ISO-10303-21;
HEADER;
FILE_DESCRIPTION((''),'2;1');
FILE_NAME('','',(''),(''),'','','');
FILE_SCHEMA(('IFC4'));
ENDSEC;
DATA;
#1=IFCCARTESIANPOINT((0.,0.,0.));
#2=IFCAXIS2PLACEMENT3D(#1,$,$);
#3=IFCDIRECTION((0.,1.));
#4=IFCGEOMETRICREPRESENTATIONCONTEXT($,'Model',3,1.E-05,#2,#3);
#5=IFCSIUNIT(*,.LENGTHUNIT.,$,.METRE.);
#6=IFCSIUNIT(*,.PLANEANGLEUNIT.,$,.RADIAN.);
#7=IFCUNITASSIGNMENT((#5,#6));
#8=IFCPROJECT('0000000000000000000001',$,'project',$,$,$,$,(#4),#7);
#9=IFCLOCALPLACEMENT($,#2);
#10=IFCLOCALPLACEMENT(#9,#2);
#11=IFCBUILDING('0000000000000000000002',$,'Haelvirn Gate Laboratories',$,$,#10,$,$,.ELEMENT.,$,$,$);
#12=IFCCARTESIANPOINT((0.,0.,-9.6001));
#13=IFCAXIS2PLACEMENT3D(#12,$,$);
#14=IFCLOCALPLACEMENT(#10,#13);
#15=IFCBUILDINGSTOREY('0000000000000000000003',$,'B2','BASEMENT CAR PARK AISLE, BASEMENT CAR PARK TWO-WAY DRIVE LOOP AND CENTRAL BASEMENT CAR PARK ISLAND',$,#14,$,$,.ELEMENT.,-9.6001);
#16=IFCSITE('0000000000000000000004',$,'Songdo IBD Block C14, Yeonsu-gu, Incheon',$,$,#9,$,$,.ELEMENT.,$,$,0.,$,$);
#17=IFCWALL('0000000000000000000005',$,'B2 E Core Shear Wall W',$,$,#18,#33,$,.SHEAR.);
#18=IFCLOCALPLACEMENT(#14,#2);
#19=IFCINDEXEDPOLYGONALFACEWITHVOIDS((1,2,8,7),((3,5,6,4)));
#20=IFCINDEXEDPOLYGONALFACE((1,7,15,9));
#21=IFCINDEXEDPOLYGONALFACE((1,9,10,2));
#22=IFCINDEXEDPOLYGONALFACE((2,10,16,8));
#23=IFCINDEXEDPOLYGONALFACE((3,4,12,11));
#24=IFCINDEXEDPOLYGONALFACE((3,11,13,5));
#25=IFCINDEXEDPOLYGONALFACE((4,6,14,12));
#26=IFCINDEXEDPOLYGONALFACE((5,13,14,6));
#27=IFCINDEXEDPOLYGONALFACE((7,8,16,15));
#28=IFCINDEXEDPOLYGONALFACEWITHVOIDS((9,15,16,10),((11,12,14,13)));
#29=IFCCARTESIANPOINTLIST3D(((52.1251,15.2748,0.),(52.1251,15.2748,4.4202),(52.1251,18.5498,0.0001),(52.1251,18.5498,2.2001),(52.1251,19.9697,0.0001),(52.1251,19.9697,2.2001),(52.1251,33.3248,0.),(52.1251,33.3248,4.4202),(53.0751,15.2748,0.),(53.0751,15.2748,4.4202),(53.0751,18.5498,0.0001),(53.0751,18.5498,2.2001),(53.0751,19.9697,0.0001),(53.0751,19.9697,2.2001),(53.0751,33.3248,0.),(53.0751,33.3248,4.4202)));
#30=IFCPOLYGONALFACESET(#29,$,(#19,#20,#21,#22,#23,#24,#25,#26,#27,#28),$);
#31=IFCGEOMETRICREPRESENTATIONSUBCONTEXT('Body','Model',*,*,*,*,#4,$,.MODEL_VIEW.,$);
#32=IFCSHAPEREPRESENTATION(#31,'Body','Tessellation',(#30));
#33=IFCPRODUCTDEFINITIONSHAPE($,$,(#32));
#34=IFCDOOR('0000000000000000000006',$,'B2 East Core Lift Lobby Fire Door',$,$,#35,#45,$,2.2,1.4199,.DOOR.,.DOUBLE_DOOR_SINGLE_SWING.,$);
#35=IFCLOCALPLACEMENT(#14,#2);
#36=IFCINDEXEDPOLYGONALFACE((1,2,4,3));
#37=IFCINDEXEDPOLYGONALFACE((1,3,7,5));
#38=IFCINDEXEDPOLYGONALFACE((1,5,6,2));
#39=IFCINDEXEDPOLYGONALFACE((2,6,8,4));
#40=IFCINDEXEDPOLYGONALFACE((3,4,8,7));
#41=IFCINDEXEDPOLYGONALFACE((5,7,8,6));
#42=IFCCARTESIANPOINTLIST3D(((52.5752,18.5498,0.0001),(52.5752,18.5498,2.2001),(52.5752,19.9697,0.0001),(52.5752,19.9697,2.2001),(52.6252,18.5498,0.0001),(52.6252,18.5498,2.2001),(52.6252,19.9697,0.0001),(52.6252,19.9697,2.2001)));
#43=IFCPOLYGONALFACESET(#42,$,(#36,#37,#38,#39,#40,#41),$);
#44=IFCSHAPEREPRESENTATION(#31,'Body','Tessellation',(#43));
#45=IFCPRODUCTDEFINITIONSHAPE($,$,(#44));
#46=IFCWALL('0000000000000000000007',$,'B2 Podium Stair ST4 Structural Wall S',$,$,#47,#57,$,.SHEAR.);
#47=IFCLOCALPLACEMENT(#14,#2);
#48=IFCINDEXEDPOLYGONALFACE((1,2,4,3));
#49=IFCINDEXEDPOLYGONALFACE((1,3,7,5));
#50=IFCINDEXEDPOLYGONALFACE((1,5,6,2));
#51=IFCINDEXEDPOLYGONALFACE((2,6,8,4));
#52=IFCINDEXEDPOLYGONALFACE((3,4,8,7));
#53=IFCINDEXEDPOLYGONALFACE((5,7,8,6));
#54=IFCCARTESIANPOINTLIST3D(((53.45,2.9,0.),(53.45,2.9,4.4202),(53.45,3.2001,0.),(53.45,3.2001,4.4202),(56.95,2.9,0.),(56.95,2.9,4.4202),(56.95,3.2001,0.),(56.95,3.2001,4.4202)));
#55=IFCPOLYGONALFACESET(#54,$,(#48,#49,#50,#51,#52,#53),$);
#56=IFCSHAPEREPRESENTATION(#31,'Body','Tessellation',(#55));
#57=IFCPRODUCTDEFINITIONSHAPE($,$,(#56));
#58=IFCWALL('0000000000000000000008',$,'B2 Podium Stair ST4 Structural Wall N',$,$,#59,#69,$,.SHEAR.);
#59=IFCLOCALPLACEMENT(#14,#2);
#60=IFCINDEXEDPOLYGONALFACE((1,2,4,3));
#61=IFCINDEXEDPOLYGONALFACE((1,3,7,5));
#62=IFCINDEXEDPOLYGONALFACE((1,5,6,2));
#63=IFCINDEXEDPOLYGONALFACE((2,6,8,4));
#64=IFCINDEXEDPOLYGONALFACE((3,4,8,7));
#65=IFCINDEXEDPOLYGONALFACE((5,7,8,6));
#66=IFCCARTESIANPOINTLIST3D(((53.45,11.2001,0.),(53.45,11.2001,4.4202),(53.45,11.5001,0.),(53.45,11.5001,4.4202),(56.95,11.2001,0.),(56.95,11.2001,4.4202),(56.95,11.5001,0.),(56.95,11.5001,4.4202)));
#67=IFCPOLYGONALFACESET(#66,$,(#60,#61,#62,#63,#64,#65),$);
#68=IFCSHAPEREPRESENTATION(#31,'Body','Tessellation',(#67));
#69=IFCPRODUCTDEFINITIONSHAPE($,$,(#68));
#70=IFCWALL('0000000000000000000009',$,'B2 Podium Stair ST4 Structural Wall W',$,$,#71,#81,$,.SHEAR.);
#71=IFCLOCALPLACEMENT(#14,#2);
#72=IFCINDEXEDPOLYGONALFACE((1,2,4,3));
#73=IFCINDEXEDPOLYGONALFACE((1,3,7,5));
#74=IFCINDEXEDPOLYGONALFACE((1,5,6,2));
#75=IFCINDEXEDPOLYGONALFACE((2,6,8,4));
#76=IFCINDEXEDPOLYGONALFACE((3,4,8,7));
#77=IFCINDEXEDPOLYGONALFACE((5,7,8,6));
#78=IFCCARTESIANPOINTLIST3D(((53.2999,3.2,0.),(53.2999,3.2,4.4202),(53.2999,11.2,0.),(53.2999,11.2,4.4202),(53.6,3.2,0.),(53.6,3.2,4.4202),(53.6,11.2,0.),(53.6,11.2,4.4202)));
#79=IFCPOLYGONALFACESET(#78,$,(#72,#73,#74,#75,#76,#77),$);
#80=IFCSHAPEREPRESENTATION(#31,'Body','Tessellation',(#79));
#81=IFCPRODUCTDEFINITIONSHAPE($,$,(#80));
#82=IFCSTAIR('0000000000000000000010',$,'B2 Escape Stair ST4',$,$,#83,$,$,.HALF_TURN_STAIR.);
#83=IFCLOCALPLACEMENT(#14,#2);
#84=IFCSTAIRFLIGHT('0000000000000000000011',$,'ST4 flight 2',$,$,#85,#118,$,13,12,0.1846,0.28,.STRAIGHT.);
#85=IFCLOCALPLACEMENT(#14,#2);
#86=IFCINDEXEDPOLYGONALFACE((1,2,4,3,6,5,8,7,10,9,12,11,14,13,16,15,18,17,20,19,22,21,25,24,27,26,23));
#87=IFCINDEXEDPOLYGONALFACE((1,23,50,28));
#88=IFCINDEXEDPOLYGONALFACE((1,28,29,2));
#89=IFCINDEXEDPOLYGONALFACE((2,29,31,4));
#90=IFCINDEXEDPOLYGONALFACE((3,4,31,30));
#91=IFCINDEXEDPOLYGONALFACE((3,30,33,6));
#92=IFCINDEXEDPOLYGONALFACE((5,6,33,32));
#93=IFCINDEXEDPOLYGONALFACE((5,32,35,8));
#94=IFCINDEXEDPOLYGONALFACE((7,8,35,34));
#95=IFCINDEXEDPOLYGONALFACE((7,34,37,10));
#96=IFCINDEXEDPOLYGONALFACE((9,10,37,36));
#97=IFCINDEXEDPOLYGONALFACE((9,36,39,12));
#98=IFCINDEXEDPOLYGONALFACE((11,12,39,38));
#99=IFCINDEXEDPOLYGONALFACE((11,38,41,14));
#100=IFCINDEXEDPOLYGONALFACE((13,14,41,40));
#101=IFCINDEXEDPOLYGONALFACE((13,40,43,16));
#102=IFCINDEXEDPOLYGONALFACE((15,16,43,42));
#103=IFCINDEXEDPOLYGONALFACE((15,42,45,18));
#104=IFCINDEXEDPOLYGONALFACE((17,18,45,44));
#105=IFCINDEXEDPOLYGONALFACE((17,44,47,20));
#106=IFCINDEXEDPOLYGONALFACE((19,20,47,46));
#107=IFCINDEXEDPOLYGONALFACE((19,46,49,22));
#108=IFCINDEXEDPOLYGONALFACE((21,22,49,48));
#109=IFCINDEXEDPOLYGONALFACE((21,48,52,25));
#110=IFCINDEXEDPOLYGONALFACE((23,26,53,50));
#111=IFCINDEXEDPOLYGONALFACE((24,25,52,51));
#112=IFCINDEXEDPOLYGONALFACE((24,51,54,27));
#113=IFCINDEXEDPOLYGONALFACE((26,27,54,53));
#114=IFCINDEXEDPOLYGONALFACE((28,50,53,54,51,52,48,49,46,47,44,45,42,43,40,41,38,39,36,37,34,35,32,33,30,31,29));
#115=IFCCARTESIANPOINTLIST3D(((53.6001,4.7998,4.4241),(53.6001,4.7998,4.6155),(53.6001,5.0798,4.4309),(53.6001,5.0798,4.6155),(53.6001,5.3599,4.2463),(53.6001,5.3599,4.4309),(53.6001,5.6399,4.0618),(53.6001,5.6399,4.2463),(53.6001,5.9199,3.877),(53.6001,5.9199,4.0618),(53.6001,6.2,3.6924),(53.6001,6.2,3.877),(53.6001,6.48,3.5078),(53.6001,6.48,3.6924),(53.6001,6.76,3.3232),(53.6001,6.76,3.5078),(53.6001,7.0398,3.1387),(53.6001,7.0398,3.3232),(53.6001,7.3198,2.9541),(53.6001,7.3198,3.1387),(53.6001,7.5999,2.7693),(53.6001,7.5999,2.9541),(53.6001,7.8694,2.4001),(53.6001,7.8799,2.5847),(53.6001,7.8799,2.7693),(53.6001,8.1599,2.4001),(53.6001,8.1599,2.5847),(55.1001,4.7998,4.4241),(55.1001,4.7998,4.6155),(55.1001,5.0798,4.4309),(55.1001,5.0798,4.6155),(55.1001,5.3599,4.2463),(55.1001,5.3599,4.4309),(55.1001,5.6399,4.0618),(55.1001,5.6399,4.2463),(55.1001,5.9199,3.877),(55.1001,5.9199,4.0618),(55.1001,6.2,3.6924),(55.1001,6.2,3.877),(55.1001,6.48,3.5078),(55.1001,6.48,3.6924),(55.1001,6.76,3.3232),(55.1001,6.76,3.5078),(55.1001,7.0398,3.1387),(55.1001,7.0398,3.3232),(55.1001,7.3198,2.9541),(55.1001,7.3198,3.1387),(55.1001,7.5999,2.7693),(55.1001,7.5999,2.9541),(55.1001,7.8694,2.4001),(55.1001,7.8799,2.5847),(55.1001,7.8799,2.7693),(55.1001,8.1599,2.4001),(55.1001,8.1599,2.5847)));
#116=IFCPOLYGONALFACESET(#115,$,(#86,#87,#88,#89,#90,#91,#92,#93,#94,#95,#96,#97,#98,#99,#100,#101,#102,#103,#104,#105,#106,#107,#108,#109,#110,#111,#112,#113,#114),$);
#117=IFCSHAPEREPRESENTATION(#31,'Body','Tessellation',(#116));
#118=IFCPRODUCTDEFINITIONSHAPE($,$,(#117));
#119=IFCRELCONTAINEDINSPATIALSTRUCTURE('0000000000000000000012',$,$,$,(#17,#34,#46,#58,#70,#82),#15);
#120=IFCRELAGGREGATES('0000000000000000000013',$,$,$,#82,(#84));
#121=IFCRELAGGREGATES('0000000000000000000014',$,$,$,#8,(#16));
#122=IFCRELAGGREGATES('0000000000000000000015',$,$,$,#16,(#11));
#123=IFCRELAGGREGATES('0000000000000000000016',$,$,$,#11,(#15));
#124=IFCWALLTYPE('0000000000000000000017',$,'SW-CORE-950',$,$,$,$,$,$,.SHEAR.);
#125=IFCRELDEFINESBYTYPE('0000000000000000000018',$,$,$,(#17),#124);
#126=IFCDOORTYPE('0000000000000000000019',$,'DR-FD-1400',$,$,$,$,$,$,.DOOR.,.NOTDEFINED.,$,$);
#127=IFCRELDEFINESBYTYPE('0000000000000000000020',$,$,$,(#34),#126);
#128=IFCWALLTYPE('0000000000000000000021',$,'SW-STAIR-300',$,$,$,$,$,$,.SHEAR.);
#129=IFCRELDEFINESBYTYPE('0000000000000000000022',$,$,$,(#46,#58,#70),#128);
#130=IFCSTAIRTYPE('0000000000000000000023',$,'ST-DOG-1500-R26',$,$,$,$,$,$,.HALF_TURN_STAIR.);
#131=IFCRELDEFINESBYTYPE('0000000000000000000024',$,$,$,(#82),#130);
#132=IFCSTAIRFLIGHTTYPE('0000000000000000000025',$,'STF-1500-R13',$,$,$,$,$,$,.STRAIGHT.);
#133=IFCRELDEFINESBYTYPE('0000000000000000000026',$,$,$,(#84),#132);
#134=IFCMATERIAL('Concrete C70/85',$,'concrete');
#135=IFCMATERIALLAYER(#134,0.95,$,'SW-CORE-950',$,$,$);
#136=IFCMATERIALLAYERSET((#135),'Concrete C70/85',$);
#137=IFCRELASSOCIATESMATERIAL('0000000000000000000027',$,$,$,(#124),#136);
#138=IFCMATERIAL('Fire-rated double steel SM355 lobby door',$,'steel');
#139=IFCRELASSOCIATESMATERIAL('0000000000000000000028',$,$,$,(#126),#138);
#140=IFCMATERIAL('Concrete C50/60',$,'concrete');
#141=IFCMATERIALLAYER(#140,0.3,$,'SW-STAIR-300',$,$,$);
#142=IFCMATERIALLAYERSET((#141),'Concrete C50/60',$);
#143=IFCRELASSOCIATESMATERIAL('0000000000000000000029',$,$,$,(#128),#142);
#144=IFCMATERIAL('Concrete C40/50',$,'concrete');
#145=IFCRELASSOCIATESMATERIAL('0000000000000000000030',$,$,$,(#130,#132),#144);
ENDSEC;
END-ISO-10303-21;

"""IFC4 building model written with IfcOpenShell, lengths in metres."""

from ifc_helpers import new_model, si_unit, direction, frame, frame_2d, origin, place, context, subcontext, project, spatial, polyline, rectangle, outline, extrude, source, transform, mapped, material, layer, layer_set, type_object, type_shapes, element, fill, aggregate, save


model = new_model("IFC4")

# Units and contexts
model_context = context("Model", 3, precision=1e-05, world=origin(), true_north=direction((0.0, 1.0)))
body_context = subcontext(model_context, "Body", "Model", "MODEL_VIEW")
ifc_project = project(units=[si_unit("LENGTHUNIT", "METRE"), si_unit("PLANEANGLEUNIT", "RADIAN")], contexts=[model_context])

# Site, building, storey
site_placement = place(None, origin())
site = spatial("IfcSite", under=ifc_project, at=site_placement, Name="Songdo IBD Block C14, Yeonsu-gu, Incheon", CompositionType="ELEMENT", RefElevation=0.0)
building_placement = place(site_placement, origin())
building = spatial("IfcBuilding", under=site, at=building_placement, Name="Haelvirn Gate Laboratories", CompositionType="ELEMENT")
storey_placement = place(building_placement, frame((0.0, 0.0, -9.6001)))
storey = spatial("IfcBuildingStorey", under=building, at=storey_placement, Name="B2", Description="BASEMENT CAR PARK AISLE, BASEMENT CAR PARK TWO-WAY DRIVE LOOP AND CENTRAL BASEMENT CAR PARK ISLAND", CompositionType="ELEMENT", Elevation=-9.6001)

# Shared definitions
ifc_material_1 = material(Name="Concrete C70/85", Category="concrete")

# Shared definitions
ifc_material_2 = material(Name="Concrete C40/50", Category="concrete")
ifc_layer_1 = layer(ifc_material_1, 0.95, Name="SW-CORE-950")
ifc_layer_set_1 = layer_set([ifc_layer_1], Name="Concrete C70/85")
wall_type_1 = type_object("IfcWallType", Name="SW-CORE-950", PredefinedType="SHEAR", material=ifc_layer_set_1)

# Wall, opening, door
wall_1_placement = place(storey_placement, frame((52.6001, 15.2749, 0.0), z_axis=(0.0, 0.0, 1.0), x_axis=(0.0, 1.0, 0.0)))
wall_1 = element("IfcWall", 1, at=wall_1_placement, inside=storey, type_object=wall_type_1, Name="B2 E Core Shear Wall W", PredefinedType="SHEAR", context=body_context, shape_type="SweptSolid", body=[
    extrude(rectangle(XDim=18.05, YDim=0.95, at=frame_2d((9.0249, 0.0))), origin(), (0.0, 0.0, 1.0), 4.4202),
])
opening_placement = place(wall_1_placement, frame((3.2749, 0.0, 0.0)))
opening = element("IfcOpeningElement", 2, at=opening_placement, cuts=wall_1, PredefinedType="OPENING", context=body_context, shape_type="SweptSolid", body=[
    extrude(rectangle(XDim=1.4199, YDim=2.2, at=frame_2d((0.71, 1.1001))), frame((0.0, 0.4849, 0.0), z_axis=(0.0, -1.0, 0.0), x_axis=(1.0, 0.0, 0.0)), (0.0, 0.0, 1.0), 0.97),
])
ifc_material_3 = material(Name="Fire-rated double steel SM355 lobby door", Category="steel")
door_type = type_object("IfcDoorType", Name="DR-FD-1400", OperationType="NOTDEFINED", PredefinedType="DOOR", material=ifc_material_3)
shared_shape_1 = source(origin(), body_context, "Body", "SweptSolid", [
    extrude(rectangle(XDim=1.4199, YDim=2.2, at=frame_2d((0.71, 1.1001))), frame((0.0, 0.0249, 0.0), z_axis=(0.0, -1.0, 0.0), x_axis=(1.0, 0.0, 0.0)), (0.0, 0.0, 1.0), 0.05),
])
type_shapes(door_type, [shared_shape_1])
door_placement = place(opening_placement, origin())
door = element("IfcDoor", 3, at=door_placement, inside=storey, type_object=door_type, Name="B2 East Core Lift Lobby Fire Door", OperationType="DOUBLE_DOOR_SINGLE_SWING", OverallHeight=2.2, OverallWidth=1.4199, PredefinedType="DOOR", context=body_context, shape_type="MappedRepresentation", body=[
    mapped(shared_shape_1, transform((0.0, 0.0, 0.0), scale=1.0)),
])
fill(opening, door)

# Walls
ifc_material_4 = material(Name="Concrete C50/60", Category="concrete")
ifc_layer_2 = layer(ifc_material_4, 0.3, Name="SW-STAIR-300")
ifc_layer_set_2 = layer_set([ifc_layer_2], Name="Concrete C50/60")
wall_type_2 = type_object("IfcWallType", Name="SW-STAIR-300", PredefinedType="SHEAR", material=ifc_layer_set_2)
for number, where, z_axis, x_axis, name in (
    (4, (53.45, 3.05, 0.0), (0.0, 0.0, 1.0), (1.0, 0.0, 0.0), "B2 Podium Stair ST4 Structural Wall S"),
    (5, (53.45, 11.3501, 0.0), (0.0, 0.0, 1.0), (1.0, 0.0, 0.0), "B2 Podium Stair ST4 Structural Wall N"),
):
    element("IfcWall", number, at=place(storey_placement, frame(where, z_axis=z_axis, x_axis=x_axis)), inside=storey, type_object=wall_type_2, Name=name, PredefinedType="SHEAR", context=body_context, shape_type="SweptSolid", body=[
        extrude(rectangle(XDim=3.5, YDim=0.3, at=frame_2d((1.75, 0.0))), origin(), (0.0, 0.0, 1.0), 4.4202),
    ])
wall_2_placement = place(storey_placement, frame((53.45, 3.2, 0.0), z_axis=(0.0, 0.0, 1.0), x_axis=(0.0, 1.0, 0.0)))
element("IfcWall", 6, at=wall_2_placement, inside=storey, type_object=wall_type_2, Name="B2 Podium Stair ST4 Structural Wall W", PredefinedType="SHEAR", context=body_context, shape_type="SweptSolid", body=[
    extrude(rectangle(XDim=8.0, YDim=0.3, at=frame_2d((4.0, 0.0))), origin(), (0.0, 0.0, 1.0), 4.4202),
])

# Stair, stair flight
stair_type = type_object("IfcStairType", Name="ST-DOG-1500-R26", PredefinedType="HALF_TURN_STAIR", material=ifc_material_2)
stair_placement = place(storey_placement, origin())
stair = element("IfcStair", 7, at=stair_placement, inside=storey, type_object=stair_type, Name="B2 Escape Stair ST4", PredefinedType="HALF_TURN_STAIR")
stair_flight_type = type_object("IfcStairFlightType", Name="STF-1500-R13", PredefinedType="STRAIGHT", material=ifc_material_2)
shared_shape_2 = source(origin(), body_context, "Body", "SweptSolid", [
    extrude(outline(polyline([(0.0, 0.0), (0.0, 0.1846), (0.28, 0.1846), (0.28, 0.3691), (0.5601, 0.3691), (0.5601, 0.554), (0.8401, 0.554), (0.8401, 0.7385), (1.1201, 0.7385), (1.1201, 0.9231), (1.3999, 0.9231), (1.3999, 1.1077), (1.6799, 1.1077), (1.6799, 1.2922), (1.96, 1.2922), (1.96, 1.4768), (2.24, 1.4768), (2.24, 1.6616), (2.52, 1.6616), (2.52, 1.8462), (2.8, 1.8462), (2.8, 2.0308), (3.0801, 2.0308), (3.0801, 2.2153), (3.3601, 2.2153), (3.3601, 2.3999), (3.3601, 2.0239), (0.2905, 0.0), (0.0, 0.0)])), frame((0.0, 0.75, 0.0), z_axis=(0.0, -1.0, 0.0), x_axis=(1.0, 0.0, 0.0)), (0.0, 0.0, 1.0), 1.5),
])
type_shapes(stair_flight_type, [shared_shape_2])
stair_flight_placement = place(storey_placement, frame((54.3501, 8.1599, 2.4001), z_axis=(0.0, 0.0, 1.0), x_axis=(0.0, -1.0, 0.0)))
stair_flight = element("IfcStairFlight", 8, at=stair_flight_placement, type_object=stair_flight_type, Name="ST4 flight 2", NumberOfRisers=13, NumberOfTreads=12, PredefinedType="STRAIGHT", RiserHeight=0.1846, TreadLength=0.28, context=body_context, shape_type="MappedRepresentation", body=[
    mapped(shared_shape_2, transform((0.0, 0.0, 0.0), scale=1.0)),
])
aggregate(stair, [stair_flight])

save(model, "model.ifc")
